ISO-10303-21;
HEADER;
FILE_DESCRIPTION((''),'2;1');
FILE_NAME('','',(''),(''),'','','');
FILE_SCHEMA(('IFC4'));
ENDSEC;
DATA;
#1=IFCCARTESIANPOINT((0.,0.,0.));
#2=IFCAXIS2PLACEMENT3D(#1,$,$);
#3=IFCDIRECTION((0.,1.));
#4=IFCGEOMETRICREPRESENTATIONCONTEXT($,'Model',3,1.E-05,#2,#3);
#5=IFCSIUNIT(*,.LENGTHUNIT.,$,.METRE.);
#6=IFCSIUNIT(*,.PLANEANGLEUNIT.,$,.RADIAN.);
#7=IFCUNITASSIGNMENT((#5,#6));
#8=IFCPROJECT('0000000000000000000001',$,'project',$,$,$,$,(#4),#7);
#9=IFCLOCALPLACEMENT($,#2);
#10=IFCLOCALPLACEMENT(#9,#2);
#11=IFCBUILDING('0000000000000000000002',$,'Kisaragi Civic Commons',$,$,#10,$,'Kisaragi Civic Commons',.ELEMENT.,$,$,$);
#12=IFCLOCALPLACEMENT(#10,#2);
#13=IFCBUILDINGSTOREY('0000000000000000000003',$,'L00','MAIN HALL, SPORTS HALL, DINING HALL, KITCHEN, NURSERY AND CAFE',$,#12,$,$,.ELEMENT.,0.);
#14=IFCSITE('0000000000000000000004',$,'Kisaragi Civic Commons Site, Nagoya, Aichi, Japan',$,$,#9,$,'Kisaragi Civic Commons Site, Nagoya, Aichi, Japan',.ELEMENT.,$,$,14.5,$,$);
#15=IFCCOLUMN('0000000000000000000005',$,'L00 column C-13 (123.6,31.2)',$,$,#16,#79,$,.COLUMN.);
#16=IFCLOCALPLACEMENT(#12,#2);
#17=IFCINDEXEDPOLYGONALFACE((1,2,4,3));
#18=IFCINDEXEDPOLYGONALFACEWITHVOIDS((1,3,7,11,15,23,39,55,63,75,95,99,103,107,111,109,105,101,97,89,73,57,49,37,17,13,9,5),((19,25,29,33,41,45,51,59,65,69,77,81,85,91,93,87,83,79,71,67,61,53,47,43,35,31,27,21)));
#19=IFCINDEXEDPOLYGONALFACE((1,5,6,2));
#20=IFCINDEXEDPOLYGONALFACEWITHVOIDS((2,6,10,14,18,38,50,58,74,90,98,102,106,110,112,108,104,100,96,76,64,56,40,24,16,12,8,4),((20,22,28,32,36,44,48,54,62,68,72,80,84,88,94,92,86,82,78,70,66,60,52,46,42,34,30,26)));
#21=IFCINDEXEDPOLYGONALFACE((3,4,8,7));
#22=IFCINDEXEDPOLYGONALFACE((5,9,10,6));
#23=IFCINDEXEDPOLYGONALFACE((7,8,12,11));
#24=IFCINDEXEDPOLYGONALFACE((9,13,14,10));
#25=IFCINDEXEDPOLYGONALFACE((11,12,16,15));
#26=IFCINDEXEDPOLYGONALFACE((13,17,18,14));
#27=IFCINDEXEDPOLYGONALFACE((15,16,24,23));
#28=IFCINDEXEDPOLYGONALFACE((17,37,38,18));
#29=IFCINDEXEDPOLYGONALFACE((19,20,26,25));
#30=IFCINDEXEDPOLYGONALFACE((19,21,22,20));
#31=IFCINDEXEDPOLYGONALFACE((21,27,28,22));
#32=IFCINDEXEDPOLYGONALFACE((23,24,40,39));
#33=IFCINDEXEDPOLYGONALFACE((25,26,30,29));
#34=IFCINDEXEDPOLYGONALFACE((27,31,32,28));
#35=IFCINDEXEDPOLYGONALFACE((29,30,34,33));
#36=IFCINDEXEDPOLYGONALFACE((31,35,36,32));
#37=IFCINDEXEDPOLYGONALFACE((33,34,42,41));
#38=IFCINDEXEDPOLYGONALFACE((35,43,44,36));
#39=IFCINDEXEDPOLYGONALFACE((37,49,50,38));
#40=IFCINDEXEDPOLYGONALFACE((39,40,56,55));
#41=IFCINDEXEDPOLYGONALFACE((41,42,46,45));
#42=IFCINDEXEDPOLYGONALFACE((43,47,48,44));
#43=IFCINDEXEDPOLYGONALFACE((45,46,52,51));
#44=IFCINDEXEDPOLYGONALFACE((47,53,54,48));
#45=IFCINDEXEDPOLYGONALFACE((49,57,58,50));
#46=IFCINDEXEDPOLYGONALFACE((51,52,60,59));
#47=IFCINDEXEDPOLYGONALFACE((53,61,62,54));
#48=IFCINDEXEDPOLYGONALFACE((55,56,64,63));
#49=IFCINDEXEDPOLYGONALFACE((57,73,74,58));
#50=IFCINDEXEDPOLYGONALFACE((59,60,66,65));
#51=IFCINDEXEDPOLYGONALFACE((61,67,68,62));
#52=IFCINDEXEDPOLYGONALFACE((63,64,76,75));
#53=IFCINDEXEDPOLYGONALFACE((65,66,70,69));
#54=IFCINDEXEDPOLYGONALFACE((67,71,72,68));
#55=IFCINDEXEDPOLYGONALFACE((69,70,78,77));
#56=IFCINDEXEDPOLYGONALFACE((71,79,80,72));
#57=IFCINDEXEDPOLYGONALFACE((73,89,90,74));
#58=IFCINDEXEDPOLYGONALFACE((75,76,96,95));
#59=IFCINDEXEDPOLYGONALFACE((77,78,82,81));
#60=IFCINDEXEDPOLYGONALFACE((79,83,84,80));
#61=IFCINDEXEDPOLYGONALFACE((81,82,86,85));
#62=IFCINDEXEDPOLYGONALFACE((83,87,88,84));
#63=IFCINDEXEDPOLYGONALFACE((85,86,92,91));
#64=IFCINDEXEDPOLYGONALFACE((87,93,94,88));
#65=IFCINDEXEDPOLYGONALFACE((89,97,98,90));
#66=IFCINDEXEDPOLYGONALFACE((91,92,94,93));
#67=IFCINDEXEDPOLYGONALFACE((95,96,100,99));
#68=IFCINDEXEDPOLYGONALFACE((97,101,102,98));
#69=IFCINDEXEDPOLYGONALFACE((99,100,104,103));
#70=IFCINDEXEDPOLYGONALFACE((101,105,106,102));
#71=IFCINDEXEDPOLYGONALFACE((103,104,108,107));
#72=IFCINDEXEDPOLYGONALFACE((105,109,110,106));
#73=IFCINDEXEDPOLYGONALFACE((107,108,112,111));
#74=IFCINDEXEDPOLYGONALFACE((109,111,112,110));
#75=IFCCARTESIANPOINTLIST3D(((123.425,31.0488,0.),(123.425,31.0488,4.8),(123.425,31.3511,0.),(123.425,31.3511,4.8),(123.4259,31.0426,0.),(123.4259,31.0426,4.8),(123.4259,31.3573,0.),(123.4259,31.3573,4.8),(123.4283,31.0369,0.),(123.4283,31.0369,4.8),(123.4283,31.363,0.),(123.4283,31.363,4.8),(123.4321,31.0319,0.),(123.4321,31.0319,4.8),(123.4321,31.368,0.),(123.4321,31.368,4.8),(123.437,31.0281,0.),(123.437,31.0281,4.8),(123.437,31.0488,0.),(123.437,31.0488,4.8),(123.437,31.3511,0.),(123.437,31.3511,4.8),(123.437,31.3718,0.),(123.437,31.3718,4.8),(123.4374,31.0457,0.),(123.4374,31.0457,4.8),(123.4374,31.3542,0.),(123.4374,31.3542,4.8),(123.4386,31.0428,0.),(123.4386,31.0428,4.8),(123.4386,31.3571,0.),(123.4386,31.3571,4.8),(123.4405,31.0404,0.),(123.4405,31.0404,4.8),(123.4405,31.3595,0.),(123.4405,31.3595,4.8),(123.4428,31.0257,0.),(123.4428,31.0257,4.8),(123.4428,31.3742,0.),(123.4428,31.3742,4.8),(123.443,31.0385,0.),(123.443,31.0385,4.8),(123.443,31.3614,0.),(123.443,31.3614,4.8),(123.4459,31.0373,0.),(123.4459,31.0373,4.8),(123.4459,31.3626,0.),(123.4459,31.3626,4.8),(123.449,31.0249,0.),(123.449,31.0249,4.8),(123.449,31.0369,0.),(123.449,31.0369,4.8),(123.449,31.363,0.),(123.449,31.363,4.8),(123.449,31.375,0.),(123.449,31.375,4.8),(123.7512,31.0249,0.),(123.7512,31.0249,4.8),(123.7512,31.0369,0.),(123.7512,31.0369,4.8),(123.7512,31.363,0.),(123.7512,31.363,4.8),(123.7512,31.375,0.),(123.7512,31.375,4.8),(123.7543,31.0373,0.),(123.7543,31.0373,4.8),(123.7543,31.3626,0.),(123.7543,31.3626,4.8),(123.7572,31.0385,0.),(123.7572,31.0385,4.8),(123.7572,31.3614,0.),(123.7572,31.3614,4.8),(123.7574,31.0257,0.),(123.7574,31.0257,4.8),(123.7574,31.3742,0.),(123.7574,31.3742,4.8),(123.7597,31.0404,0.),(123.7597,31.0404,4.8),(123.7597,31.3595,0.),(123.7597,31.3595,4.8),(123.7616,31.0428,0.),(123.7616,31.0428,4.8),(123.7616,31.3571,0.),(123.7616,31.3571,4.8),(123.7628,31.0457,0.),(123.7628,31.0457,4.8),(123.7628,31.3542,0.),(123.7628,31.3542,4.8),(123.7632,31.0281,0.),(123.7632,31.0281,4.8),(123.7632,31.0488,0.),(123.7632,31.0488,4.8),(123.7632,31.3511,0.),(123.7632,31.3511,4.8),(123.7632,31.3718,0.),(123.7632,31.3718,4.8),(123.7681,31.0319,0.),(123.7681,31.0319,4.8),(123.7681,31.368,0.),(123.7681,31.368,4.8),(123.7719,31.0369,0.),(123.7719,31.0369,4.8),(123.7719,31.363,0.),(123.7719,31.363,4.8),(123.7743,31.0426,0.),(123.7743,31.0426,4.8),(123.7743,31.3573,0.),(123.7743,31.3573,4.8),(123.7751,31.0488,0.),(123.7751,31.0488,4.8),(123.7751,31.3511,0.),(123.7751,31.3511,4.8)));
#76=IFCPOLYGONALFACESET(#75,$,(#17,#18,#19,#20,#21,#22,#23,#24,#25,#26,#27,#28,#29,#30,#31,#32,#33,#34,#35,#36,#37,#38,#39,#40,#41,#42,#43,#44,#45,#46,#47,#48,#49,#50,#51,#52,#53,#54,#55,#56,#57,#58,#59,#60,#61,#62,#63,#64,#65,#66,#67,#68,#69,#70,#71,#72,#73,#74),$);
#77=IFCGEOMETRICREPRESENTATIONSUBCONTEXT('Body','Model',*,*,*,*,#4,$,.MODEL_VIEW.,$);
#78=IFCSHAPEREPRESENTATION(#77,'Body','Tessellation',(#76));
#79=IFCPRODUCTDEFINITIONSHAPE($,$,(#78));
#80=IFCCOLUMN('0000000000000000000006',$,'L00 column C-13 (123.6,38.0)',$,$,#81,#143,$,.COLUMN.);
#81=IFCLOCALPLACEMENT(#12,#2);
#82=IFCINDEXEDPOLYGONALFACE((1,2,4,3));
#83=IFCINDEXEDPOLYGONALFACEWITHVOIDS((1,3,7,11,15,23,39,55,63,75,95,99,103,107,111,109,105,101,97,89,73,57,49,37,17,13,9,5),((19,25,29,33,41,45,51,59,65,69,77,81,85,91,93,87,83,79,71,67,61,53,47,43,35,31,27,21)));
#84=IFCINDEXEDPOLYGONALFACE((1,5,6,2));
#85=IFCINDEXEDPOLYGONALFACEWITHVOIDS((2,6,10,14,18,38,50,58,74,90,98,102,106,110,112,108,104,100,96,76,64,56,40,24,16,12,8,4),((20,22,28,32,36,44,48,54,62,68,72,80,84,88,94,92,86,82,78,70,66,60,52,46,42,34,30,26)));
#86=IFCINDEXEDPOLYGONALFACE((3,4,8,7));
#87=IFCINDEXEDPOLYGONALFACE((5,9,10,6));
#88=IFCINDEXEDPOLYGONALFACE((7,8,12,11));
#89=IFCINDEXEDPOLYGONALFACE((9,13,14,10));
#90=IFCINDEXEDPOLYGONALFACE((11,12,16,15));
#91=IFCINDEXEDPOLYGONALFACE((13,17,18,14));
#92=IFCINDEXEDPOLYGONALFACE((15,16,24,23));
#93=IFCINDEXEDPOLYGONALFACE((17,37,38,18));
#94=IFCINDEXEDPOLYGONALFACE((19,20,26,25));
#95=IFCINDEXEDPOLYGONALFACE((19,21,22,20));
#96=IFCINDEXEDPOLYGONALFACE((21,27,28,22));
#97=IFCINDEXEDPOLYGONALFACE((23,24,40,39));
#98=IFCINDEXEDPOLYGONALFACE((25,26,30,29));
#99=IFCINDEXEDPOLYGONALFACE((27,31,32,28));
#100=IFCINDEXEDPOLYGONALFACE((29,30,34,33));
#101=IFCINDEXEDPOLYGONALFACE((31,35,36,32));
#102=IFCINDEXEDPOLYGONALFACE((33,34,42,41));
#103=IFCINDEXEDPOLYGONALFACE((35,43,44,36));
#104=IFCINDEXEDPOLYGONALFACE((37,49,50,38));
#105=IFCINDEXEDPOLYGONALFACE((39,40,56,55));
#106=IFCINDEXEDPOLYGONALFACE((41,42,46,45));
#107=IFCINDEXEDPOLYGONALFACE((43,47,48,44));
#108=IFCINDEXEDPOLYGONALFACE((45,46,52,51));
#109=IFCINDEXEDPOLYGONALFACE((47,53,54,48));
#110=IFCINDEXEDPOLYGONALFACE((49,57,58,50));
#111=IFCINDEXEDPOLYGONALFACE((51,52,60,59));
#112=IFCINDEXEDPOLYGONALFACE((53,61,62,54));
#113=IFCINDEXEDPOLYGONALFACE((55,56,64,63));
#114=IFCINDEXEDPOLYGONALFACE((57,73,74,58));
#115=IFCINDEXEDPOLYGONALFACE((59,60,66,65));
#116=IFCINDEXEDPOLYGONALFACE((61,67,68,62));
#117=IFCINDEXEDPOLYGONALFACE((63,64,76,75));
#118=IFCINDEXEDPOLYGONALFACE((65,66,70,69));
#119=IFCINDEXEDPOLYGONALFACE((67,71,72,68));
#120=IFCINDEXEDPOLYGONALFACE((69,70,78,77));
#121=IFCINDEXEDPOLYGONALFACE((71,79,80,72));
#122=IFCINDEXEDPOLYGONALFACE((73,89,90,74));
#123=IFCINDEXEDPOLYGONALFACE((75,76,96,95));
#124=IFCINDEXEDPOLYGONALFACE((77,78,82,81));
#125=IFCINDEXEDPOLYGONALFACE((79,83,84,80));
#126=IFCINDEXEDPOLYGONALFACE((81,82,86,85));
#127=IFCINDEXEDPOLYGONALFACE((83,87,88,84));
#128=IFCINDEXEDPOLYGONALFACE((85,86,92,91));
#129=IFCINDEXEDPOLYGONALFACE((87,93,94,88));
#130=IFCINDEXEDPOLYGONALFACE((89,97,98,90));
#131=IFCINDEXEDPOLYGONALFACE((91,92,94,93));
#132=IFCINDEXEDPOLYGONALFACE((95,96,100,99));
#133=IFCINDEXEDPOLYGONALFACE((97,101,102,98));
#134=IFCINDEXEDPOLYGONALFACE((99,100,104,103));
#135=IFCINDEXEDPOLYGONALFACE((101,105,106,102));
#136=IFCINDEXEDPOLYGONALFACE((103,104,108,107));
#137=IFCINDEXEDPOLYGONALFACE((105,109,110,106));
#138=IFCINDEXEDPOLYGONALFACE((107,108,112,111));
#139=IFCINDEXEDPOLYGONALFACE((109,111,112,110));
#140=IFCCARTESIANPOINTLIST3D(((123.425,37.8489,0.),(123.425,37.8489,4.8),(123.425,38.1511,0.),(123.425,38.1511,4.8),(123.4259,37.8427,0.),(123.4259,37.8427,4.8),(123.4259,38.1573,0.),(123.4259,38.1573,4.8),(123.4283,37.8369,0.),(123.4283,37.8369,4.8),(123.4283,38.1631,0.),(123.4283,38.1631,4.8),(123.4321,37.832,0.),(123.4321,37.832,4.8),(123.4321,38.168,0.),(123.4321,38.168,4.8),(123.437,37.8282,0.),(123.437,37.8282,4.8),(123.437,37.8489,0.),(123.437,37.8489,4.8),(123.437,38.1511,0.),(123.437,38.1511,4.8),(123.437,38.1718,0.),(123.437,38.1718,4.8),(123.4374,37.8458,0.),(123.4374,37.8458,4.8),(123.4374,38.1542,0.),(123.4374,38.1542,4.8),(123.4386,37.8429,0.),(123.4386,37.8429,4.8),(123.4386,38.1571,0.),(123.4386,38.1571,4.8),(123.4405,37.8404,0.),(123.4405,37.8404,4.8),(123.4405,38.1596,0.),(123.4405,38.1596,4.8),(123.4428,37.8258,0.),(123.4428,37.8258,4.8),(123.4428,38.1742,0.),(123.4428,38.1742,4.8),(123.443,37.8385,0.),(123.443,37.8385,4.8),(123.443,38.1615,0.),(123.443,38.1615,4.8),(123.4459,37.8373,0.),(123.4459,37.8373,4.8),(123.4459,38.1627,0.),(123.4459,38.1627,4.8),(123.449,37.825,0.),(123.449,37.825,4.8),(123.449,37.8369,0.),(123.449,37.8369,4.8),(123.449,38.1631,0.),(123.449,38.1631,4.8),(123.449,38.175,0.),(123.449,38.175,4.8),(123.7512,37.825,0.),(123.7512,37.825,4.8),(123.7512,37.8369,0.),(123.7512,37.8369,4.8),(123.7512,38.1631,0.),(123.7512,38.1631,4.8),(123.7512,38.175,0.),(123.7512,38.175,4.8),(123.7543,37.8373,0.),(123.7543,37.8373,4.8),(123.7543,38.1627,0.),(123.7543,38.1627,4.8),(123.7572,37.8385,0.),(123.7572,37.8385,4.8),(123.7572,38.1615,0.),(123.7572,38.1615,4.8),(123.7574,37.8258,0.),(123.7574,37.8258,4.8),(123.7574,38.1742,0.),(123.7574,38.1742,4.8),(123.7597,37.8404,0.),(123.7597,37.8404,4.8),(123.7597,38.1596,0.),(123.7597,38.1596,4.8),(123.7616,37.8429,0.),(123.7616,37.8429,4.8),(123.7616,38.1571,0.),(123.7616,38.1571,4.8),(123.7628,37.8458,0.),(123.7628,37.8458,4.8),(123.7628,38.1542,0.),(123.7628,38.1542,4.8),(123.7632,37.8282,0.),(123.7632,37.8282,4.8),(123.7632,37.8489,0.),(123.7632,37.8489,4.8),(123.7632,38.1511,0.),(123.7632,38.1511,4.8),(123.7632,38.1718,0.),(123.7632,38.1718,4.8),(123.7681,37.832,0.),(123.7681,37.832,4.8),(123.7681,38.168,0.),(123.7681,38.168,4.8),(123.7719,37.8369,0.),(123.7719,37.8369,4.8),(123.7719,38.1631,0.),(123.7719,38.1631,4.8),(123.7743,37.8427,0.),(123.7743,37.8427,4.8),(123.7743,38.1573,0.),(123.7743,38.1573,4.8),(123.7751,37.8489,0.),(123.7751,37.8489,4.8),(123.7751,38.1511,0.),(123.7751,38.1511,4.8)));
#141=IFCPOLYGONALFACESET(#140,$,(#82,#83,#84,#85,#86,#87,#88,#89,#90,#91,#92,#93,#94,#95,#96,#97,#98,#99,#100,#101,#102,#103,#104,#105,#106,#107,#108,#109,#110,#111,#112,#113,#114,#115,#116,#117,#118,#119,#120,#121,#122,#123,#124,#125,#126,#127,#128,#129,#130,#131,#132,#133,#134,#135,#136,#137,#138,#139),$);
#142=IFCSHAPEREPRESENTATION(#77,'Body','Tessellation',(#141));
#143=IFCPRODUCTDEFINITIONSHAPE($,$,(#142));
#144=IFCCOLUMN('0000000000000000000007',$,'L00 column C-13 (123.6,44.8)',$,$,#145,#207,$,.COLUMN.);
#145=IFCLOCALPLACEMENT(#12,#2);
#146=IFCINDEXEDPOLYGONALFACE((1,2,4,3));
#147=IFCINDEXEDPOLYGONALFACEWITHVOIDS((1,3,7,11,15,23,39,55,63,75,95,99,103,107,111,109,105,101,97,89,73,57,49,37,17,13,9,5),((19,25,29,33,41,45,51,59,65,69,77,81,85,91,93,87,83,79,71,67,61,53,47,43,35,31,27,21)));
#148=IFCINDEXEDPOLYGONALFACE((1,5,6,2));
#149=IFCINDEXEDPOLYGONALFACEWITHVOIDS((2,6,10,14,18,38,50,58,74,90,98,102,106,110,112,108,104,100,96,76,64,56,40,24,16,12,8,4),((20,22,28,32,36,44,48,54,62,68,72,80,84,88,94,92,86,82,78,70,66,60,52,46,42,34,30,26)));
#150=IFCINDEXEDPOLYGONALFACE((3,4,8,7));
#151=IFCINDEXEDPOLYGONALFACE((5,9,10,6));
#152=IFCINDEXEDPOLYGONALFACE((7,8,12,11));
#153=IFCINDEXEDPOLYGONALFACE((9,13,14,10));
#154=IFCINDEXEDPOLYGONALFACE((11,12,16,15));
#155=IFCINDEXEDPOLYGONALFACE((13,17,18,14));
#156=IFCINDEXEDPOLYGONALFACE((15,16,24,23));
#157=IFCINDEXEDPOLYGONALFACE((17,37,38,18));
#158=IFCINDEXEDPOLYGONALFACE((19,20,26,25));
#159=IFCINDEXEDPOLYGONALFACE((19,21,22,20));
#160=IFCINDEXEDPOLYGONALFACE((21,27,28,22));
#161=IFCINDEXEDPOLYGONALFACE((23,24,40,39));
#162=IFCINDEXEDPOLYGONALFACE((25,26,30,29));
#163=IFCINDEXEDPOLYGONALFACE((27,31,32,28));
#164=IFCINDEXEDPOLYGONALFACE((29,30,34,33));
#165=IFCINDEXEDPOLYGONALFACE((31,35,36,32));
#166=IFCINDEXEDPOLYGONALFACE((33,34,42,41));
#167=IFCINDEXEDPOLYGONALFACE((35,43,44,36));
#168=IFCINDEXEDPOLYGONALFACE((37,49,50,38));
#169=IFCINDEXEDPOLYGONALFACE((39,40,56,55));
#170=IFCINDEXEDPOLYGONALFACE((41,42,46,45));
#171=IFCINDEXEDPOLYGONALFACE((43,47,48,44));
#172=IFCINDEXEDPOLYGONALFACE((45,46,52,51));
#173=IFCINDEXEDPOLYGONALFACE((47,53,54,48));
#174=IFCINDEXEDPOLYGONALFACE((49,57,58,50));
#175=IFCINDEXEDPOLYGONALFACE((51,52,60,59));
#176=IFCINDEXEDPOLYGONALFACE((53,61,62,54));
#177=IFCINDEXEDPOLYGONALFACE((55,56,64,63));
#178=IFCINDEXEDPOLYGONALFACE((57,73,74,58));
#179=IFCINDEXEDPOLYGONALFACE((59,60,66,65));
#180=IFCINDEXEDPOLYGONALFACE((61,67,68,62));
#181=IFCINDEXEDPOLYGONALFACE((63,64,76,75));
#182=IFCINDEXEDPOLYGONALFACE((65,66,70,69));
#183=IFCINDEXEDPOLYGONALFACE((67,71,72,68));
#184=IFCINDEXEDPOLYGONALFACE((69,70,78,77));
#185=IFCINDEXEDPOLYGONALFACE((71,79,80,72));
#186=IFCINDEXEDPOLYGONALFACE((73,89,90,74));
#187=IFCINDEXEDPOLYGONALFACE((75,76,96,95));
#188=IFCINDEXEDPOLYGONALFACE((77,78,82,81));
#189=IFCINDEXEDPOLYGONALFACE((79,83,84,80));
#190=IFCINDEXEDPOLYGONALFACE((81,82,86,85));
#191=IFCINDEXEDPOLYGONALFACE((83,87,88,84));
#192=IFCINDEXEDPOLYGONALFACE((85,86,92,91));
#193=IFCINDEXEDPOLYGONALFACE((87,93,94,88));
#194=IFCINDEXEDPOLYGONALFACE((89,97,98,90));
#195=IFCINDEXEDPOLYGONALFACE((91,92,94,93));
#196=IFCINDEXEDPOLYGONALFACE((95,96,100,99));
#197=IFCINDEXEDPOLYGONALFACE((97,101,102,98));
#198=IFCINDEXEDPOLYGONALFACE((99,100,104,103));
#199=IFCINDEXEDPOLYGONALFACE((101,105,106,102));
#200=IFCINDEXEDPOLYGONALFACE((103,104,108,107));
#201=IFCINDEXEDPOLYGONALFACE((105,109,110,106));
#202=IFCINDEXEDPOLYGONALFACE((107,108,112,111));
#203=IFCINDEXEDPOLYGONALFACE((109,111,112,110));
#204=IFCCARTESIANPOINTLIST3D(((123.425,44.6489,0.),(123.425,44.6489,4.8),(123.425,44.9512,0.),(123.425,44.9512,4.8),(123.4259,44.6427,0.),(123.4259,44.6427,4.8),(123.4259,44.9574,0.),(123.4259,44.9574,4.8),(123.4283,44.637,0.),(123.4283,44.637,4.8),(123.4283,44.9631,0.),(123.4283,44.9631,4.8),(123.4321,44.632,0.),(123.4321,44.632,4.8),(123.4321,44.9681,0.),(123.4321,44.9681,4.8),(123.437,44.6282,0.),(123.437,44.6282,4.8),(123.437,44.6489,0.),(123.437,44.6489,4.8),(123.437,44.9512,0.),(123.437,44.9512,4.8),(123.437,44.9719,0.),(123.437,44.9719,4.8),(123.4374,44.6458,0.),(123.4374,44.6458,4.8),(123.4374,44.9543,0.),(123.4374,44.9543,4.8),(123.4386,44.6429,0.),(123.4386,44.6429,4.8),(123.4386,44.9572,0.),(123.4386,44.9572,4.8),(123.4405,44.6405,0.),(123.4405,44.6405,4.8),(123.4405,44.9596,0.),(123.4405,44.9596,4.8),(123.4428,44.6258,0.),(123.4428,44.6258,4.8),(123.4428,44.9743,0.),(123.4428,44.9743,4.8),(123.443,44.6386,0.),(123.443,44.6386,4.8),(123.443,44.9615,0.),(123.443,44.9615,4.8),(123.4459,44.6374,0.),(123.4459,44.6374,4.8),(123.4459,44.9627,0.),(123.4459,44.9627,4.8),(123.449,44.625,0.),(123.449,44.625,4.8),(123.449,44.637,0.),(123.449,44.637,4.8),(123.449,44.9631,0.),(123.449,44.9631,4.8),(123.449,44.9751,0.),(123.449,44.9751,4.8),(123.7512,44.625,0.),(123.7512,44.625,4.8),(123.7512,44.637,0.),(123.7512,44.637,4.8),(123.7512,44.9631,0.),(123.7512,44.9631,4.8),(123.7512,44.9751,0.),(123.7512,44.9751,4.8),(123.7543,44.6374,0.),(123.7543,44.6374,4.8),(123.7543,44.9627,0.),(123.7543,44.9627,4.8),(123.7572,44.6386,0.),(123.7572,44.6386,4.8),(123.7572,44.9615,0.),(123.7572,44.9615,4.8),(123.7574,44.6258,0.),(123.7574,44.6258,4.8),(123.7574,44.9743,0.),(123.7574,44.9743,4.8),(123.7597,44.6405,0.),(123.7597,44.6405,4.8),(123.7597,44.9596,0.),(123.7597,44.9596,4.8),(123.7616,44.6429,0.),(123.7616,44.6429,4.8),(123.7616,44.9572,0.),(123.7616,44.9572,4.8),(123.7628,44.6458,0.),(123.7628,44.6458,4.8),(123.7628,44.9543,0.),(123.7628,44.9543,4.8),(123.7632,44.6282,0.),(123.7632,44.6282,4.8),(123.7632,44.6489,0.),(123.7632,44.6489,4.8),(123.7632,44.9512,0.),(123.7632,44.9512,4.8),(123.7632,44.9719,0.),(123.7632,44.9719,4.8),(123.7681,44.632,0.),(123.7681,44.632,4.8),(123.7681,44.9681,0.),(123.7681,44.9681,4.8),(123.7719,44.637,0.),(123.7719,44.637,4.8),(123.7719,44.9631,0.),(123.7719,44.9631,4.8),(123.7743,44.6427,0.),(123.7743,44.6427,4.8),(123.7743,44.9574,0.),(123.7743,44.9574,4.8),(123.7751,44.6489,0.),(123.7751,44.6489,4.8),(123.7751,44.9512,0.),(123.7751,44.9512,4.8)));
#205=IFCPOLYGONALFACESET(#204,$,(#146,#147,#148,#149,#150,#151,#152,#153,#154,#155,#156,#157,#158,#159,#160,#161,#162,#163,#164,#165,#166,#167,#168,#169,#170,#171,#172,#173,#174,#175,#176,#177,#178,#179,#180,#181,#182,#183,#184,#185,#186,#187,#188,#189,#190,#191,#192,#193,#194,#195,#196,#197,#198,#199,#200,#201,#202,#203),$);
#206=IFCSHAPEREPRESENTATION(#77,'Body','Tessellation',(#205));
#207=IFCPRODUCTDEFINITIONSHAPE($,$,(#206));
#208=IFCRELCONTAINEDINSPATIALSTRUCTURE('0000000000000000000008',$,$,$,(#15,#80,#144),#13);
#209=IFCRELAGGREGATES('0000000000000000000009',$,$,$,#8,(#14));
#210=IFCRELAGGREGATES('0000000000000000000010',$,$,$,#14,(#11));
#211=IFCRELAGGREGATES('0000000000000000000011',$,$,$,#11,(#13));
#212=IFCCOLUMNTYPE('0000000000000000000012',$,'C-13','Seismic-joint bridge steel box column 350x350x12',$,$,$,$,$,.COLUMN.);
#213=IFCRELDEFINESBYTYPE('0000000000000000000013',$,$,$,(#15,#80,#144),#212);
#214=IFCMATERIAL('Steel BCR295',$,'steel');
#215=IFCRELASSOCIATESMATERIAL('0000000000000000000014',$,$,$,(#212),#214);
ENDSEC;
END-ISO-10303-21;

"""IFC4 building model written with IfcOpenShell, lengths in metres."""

from ifc_helpers import new_model, si_unit, direction, frame, origin, origin_2d, place, context, subcontext, project, spatial, hollow_rectangle, extrude, material, material_profile, profile_set, type_object, element, save


model = new_model("IFC4")

# Units and contexts
model_context = context("Model", 3, precision=1e-05, world=origin(), true_north=direction((0.0, 1.0)))
body_context = subcontext(model_context, "Body", "Model", "MODEL_VIEW")
ifc_project = project(units=[si_unit("LENGTHUNIT", "METRE"), si_unit("PLANEANGLEUNIT", "RADIAN")], contexts=[model_context])

# Site, building, storey
site_placement = place(None, origin())
site = spatial("IfcSite", under=ifc_project, at=site_placement, Name="Kisaragi Civic Commons Site, Nagoya, Aichi, Japan", LongName="Kisaragi Civic Commons Site, Nagoya, Aichi, Japan", CompositionType="ELEMENT", RefElevation=14.5)
building_placement = place(site_placement, origin())
building = spatial("IfcBuilding", under=site, at=building_placement, Name="Kisaragi Civic Commons", LongName="Kisaragi Civic Commons", CompositionType="ELEMENT")
storey_placement = place(building_placement, origin())
storey = spatial("IfcBuildingStorey", under=building, at=storey_placement, Name="L00", Description="MAIN HALL, SPORTS HALL, DINING HALL, KITCHEN, NURSERY AND CAFE", CompositionType="ELEMENT", Elevation=0.0)

# Columns
ifc_material_1 = material(Name="Steel BCR295", Category="steel")
ifc_material_profile_1 = material_profile(ifc_material_1, hollow_rectangle(XDim=0.3501, YDim=0.3501, WallThickness=0.012, InnerFilletRadius=0.012, OuterFilletRadius=0.0239, at=origin_2d()), Name="BCR-350x350x12", Category="steel")
ifc_profile_set_1 = profile_set([ifc_material_profile_1], Name="Steel BCR295")
column_type_1 = type_object("IfcColumnType", Name="C-13", Description="Seismic-joint bridge steel box column 350x350x12", PredefinedType="COLUMN", material=ifc_profile_set_1)
for number, where, z_axis, x_axis, name in (
    (1, (123.6001, 31.2, 0.0), (0.0, 0.0, 1.0), (1.0, 0.0, 0.0), "L00 column C-13 (123.6,31.2)"),
    (2, (123.6001, 38.0, 0.0), (0.0, 0.0, 1.0), (1.0, 0.0, 0.0), "L00 column C-13 (123.6,38.0)"),
    (3, (123.6001, 44.8, 0.0), (0.0, 0.0, 1.0), (1.0, 0.0, 0.0), "L00 column C-13 (123.6,44.8)"),
):
    element("IfcColumn", number, at=place(storey_placement, frame(where, z_axis=z_axis, x_axis=x_axis)), inside=storey, type_object=column_type_1, Name=name, PredefinedType="COLUMN", context=body_context, shape_type="SweptSolid", body=[
        extrude(hollow_rectangle(XDim=0.3501, YDim=0.3501, WallThickness=0.012, InnerFilletRadius=0.012, OuterFilletRadius=0.0239, at=origin_2d()), origin(), (0.0, 0.0, 1.0), 4.8),
    ])

save(model, "model.ifc")
